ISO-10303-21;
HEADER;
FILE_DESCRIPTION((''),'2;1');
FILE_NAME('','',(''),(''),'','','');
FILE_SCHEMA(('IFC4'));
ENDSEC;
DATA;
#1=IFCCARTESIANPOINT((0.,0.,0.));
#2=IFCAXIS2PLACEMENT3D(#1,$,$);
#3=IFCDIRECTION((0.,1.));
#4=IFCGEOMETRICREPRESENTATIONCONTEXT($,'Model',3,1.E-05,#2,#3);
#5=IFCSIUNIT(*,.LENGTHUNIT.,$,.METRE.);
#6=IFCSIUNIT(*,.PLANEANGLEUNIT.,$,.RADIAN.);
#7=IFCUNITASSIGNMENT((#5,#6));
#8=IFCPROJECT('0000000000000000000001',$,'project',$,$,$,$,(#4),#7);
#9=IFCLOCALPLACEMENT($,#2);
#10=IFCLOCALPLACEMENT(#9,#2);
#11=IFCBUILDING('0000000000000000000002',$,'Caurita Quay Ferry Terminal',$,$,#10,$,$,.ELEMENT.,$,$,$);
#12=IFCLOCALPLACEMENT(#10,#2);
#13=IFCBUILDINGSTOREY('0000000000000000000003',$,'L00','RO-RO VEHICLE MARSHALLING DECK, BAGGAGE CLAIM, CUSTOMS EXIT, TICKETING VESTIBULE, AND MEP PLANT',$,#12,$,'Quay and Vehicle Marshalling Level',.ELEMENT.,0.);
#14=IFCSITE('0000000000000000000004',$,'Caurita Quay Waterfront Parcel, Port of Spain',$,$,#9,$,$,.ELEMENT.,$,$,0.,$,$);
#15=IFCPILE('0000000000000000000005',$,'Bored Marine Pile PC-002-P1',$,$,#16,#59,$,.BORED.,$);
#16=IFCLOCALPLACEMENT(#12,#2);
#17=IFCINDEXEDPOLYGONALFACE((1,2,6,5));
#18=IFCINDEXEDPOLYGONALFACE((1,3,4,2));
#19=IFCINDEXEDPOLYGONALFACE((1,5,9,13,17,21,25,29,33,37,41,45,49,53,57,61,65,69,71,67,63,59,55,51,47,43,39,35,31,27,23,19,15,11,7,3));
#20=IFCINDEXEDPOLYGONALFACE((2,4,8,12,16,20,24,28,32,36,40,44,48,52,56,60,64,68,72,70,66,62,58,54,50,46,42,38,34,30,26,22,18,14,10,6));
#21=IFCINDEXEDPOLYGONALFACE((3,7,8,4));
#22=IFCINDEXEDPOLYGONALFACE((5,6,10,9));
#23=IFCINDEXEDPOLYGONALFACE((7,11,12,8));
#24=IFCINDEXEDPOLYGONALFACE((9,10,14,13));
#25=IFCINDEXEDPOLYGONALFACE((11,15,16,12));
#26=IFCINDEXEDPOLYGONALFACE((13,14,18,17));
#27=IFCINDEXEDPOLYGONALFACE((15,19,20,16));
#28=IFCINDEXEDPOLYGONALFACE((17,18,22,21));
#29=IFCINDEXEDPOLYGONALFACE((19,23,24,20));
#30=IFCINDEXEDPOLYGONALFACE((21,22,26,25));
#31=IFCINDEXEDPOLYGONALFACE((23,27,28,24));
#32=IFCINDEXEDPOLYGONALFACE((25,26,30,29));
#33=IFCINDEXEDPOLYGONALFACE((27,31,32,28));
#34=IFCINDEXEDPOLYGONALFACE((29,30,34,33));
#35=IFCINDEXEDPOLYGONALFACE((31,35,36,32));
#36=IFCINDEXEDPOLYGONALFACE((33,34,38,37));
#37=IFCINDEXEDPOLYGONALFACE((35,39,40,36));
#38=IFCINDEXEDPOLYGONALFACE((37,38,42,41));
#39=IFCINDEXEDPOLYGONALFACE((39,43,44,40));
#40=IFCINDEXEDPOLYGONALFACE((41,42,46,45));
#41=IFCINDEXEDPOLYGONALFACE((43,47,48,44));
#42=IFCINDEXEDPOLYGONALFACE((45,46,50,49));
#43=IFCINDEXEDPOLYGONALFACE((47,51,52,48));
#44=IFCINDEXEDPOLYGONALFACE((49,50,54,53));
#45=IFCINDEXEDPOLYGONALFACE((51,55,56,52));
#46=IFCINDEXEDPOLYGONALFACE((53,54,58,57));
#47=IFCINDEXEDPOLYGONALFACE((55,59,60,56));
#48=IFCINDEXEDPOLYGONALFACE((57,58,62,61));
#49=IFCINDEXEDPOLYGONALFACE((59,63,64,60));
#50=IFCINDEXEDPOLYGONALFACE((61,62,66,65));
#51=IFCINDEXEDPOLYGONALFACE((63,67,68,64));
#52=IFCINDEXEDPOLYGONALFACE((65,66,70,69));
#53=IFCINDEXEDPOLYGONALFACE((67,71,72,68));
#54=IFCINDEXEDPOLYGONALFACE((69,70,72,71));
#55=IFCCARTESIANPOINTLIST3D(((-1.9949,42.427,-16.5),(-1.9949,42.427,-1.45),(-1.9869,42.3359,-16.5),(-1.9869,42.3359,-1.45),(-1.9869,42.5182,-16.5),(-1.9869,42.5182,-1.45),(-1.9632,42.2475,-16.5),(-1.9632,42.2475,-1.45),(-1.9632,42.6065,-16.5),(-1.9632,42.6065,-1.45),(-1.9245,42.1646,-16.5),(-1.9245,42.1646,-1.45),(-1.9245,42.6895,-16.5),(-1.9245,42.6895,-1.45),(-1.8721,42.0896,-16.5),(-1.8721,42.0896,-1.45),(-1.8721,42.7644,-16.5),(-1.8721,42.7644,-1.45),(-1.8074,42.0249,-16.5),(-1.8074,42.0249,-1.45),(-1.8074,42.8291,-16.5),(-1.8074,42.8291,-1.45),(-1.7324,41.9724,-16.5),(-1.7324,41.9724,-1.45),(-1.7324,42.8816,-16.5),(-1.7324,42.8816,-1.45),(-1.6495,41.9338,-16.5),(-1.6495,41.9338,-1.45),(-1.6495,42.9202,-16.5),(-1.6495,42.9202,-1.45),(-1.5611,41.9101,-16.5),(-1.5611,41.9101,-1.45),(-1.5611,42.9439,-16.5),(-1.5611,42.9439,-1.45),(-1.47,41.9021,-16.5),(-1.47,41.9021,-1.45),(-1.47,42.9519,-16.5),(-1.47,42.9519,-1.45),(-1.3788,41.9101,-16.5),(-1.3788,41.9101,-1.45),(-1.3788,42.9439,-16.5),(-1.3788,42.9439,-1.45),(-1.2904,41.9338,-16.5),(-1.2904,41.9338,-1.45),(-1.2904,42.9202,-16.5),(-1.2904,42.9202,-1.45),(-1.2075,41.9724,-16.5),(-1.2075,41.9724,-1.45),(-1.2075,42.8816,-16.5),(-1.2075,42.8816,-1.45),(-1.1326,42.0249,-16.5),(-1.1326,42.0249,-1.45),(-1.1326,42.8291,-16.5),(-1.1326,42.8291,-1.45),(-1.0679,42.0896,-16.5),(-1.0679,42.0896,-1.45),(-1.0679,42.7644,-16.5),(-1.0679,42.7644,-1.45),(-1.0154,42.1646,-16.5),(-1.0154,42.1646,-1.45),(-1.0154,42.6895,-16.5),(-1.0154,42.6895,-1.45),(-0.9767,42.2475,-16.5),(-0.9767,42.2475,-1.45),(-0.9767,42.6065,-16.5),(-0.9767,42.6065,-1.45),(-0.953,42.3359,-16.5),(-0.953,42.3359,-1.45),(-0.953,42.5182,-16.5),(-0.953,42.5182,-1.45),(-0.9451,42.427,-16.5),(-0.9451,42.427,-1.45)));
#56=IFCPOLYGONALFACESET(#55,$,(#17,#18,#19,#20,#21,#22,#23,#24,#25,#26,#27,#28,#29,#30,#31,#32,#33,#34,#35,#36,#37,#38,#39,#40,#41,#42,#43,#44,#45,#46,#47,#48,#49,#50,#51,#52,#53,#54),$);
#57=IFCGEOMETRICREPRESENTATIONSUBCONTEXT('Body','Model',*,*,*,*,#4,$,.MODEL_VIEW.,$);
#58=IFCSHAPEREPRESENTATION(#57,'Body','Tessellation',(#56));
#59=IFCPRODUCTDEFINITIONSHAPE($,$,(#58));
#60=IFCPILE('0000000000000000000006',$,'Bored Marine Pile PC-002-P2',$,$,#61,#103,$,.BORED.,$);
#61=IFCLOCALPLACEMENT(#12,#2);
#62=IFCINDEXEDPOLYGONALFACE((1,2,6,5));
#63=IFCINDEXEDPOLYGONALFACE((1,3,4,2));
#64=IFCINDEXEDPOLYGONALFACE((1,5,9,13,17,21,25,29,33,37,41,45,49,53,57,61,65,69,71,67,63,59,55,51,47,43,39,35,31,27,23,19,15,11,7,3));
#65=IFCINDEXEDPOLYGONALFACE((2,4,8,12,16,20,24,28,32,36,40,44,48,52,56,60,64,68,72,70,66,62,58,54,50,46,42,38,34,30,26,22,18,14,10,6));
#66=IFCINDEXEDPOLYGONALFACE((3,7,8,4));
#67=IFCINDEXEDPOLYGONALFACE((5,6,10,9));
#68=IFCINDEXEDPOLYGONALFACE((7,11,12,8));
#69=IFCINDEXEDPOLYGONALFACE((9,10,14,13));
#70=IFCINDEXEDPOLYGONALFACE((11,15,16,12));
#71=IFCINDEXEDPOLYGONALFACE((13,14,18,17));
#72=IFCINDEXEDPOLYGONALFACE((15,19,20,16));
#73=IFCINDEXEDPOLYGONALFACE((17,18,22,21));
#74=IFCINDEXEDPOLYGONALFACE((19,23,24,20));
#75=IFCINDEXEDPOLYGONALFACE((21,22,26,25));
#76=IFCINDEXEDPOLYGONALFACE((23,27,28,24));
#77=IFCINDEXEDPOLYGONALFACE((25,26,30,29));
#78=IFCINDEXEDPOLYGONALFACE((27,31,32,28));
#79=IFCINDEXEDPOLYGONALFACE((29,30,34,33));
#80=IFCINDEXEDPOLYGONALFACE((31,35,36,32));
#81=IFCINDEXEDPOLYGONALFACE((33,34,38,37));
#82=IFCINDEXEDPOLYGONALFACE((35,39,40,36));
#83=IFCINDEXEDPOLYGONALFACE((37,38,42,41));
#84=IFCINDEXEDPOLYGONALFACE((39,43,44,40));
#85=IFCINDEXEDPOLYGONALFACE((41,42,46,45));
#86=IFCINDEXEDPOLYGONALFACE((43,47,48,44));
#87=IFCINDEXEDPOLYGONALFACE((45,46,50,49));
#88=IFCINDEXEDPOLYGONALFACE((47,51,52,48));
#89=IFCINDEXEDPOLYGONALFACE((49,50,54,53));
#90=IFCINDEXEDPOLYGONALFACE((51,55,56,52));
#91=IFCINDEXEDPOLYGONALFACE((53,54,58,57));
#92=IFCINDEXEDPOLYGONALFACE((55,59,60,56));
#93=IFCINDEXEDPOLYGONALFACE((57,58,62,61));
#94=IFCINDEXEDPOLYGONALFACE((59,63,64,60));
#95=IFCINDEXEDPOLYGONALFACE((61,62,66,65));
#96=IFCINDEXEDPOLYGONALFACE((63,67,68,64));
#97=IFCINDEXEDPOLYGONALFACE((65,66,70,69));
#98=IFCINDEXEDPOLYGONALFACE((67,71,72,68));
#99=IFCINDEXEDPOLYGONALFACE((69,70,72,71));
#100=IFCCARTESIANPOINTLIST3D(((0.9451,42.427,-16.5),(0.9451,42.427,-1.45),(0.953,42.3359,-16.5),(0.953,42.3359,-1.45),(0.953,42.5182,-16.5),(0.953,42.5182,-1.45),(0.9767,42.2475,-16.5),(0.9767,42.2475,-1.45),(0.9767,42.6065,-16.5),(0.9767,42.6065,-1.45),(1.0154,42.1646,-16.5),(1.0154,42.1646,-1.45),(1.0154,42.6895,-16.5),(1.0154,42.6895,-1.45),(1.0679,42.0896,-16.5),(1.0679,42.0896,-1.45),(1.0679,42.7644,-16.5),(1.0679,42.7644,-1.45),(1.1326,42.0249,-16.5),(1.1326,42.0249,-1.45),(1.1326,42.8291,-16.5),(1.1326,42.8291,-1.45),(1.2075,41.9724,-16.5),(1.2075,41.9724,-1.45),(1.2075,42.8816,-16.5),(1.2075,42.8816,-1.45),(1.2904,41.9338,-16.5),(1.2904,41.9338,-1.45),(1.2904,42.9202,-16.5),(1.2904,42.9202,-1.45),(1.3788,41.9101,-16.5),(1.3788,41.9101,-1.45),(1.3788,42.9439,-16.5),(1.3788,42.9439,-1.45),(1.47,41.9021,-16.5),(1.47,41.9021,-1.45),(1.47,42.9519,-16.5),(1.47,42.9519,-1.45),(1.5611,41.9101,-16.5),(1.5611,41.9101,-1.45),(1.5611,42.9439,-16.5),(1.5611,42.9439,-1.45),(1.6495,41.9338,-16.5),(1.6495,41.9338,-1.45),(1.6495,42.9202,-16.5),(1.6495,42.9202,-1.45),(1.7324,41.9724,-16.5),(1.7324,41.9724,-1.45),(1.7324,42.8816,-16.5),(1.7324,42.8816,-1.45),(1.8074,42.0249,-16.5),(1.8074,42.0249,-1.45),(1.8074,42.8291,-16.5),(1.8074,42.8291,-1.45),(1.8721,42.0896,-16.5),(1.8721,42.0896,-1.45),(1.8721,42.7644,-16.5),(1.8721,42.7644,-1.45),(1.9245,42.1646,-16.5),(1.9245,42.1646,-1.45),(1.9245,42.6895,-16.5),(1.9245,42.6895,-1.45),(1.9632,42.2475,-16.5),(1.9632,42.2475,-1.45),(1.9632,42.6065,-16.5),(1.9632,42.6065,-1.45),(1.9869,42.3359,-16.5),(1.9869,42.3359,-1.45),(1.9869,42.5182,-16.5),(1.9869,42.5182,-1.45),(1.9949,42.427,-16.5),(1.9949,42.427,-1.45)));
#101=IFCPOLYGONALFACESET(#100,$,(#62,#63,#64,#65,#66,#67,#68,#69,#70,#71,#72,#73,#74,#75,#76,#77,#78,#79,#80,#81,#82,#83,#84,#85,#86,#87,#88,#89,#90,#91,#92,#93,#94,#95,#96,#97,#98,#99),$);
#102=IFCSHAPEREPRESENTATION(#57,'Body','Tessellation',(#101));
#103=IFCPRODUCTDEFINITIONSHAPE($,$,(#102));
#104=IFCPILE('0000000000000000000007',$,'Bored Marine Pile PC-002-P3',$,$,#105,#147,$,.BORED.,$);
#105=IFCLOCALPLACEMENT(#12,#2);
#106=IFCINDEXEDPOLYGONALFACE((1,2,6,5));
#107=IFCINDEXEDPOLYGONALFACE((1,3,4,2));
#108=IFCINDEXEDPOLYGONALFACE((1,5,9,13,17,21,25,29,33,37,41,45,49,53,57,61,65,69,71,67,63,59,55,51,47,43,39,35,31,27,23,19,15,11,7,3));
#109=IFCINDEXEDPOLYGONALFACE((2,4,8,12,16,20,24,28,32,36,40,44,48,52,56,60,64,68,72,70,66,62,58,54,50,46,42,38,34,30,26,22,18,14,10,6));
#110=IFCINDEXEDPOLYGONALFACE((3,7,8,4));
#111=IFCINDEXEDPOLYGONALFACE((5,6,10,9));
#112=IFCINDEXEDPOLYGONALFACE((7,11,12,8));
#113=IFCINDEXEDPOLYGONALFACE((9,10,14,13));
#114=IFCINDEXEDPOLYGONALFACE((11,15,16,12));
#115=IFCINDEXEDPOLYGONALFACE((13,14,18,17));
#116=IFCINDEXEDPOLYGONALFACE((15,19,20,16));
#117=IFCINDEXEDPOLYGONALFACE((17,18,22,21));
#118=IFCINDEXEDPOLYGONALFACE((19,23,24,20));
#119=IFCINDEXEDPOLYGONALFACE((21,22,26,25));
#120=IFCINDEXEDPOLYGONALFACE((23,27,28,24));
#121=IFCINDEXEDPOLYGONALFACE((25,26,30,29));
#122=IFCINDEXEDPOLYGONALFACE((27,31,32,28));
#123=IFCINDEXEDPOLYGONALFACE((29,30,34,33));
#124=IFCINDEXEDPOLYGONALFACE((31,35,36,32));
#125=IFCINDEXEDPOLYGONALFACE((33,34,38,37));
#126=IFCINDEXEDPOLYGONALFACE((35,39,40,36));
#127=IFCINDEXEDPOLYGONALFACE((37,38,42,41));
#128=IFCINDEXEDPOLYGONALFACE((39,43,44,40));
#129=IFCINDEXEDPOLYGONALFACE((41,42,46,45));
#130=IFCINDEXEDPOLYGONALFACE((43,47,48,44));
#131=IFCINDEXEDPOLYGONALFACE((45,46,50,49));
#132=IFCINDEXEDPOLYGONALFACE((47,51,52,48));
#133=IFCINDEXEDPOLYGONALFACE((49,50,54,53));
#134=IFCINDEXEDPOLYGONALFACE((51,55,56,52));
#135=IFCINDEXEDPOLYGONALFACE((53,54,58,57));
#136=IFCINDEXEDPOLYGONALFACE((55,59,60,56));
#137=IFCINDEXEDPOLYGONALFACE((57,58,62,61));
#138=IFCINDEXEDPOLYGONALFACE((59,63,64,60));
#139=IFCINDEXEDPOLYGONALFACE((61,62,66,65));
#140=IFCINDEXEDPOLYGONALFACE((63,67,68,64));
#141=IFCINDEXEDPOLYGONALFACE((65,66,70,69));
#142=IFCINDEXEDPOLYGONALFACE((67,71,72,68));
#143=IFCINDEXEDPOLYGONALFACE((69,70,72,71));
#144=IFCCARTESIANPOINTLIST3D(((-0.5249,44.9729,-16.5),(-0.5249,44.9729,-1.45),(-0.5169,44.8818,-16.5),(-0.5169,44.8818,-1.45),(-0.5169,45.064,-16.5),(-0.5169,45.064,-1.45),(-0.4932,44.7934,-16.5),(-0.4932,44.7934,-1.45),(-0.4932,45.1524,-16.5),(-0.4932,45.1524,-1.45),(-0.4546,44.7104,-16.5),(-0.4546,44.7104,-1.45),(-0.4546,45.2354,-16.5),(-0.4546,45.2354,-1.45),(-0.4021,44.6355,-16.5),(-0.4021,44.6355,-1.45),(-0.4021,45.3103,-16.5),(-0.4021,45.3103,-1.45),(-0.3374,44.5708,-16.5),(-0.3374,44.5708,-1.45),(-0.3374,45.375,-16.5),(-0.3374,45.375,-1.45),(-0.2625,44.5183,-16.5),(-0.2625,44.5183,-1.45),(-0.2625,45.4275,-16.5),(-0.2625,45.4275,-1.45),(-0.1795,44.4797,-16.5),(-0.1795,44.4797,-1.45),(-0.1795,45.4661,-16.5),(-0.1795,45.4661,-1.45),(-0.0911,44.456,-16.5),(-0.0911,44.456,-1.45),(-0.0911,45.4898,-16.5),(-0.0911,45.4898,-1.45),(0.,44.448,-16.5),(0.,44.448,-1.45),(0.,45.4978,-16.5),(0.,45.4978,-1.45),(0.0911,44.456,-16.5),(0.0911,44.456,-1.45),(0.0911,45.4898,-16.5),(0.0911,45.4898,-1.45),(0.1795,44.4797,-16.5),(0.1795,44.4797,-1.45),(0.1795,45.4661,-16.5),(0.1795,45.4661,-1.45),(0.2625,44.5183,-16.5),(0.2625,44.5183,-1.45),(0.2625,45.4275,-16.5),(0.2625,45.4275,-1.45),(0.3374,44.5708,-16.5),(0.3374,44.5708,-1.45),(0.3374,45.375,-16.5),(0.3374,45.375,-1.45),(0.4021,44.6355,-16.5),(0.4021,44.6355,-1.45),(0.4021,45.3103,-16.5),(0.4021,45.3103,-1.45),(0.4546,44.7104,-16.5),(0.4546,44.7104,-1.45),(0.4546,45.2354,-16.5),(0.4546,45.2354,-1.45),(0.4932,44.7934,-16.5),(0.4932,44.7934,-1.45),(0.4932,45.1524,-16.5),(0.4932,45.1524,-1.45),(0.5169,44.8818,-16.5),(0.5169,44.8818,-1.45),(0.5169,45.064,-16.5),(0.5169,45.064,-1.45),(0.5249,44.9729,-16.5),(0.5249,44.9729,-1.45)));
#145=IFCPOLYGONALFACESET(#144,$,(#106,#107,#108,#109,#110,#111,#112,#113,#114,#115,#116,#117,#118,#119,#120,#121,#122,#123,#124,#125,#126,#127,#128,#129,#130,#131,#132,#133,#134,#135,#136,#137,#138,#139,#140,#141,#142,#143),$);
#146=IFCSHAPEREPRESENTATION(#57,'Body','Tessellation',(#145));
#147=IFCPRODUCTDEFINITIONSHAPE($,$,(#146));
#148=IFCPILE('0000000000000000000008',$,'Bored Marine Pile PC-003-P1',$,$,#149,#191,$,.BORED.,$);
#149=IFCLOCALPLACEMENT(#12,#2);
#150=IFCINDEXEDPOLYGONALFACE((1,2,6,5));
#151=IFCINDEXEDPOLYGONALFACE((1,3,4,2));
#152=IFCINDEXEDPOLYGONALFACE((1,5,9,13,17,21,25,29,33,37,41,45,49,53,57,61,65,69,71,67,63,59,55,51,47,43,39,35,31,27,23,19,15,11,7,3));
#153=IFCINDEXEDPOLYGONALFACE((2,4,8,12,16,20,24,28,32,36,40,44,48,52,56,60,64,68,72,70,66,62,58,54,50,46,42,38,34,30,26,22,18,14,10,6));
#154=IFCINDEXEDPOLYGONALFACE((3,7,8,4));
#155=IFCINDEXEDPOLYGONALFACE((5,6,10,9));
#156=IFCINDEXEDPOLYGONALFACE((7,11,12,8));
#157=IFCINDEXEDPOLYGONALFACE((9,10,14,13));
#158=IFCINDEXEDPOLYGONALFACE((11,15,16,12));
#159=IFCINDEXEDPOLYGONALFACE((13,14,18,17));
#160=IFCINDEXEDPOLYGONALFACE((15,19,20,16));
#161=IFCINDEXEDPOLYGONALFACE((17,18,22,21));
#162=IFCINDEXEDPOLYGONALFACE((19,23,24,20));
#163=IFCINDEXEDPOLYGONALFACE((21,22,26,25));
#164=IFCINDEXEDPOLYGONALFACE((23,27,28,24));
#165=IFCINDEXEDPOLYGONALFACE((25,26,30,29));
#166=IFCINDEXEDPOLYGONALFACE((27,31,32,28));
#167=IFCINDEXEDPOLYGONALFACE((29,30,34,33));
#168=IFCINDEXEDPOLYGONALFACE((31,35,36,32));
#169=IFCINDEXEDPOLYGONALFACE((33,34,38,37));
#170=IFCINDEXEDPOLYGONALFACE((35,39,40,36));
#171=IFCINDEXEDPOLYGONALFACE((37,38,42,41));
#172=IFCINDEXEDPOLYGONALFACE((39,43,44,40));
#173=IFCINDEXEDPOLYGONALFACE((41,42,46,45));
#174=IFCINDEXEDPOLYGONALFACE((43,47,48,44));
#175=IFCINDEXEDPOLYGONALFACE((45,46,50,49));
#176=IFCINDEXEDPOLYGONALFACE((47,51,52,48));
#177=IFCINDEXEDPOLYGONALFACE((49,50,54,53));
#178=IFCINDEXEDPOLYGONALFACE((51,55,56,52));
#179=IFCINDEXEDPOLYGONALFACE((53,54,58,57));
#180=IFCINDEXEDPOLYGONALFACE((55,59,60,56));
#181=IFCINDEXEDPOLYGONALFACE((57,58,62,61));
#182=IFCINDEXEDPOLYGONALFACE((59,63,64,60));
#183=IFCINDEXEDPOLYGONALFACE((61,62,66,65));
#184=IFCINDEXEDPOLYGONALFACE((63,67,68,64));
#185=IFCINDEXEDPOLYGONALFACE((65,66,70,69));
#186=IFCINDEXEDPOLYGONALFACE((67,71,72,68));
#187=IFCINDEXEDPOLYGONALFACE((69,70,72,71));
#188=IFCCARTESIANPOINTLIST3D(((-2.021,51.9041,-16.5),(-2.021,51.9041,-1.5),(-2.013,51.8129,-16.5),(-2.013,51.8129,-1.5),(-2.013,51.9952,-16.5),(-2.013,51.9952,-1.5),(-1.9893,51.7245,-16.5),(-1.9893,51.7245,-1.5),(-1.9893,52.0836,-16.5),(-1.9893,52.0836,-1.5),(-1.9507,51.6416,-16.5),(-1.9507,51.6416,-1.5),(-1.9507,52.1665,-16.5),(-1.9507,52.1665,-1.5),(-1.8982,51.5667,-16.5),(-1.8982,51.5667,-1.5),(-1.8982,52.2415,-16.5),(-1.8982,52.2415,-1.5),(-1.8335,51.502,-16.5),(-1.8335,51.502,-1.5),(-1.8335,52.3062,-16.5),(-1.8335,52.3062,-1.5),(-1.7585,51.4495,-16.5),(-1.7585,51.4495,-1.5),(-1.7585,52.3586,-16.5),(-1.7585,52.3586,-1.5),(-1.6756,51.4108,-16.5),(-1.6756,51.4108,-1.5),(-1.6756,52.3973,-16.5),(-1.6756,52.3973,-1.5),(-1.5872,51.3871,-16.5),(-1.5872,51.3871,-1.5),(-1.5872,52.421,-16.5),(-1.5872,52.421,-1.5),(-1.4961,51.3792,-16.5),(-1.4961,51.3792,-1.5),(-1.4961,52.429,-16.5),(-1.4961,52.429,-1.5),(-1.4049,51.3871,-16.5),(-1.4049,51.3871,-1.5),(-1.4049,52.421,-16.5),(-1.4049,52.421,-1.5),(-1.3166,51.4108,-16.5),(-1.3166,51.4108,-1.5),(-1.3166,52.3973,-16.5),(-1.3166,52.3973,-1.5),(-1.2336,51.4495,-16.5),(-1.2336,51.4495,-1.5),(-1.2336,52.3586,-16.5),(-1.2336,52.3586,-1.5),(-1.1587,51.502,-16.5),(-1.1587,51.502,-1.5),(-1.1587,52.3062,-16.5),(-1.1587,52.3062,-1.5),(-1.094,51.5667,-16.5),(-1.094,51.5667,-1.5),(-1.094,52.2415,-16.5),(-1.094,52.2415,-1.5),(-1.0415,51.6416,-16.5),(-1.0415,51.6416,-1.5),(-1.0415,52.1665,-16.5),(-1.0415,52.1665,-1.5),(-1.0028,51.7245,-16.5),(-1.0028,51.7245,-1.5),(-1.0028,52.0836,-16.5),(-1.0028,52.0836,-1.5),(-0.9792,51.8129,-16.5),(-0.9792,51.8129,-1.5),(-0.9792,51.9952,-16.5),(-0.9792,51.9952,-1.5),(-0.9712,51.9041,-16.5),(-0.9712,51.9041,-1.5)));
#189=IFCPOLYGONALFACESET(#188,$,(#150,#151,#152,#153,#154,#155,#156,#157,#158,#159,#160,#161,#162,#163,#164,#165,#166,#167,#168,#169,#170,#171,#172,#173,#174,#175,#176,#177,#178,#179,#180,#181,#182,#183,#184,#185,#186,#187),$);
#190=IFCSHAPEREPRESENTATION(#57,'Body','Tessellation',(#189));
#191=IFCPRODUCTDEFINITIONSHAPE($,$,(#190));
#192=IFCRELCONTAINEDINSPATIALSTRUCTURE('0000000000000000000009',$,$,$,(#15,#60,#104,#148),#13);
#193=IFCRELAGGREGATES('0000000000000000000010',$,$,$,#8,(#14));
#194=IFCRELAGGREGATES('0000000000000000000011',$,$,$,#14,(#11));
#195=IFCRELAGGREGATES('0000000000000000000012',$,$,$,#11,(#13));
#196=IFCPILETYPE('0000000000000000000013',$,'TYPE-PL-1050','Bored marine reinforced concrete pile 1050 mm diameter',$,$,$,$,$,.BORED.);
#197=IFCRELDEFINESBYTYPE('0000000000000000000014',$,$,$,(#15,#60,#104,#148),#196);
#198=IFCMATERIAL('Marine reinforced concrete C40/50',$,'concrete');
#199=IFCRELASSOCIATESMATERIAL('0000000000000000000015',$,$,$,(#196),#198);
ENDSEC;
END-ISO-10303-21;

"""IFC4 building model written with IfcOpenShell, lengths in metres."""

from ifc_helpers import new_model, si_unit, direction, frame, origin, origin_2d, place, context, subcontext, project, spatial, circle, extrude, material, material_profile, profile_set, type_object, element, save


model = new_model("IFC4")

# Units and contexts
model_context = context("Model", 3, precision=1e-05, world=origin(), true_north=direction((0.0, 1.0)))
body_context = subcontext(model_context, "Body", "Model", "MODEL_VIEW")
ifc_project = project(units=[si_unit("LENGTHUNIT", "METRE"), si_unit("PLANEANGLEUNIT", "RADIAN")], contexts=[model_context])

# Site, building, storey
site_placement = place(None, origin())
site = spatial("IfcSite", under=ifc_project, at=site_placement, Name="Caurita Quay Waterfront Parcel, Port of Spain", CompositionType="ELEMENT", RefElevation=0.0)
building_placement = place(site_placement, origin())
building = spatial("IfcBuilding", under=site, at=building_placement, Name="Caurita Quay Ferry Terminal", CompositionType="ELEMENT")
storey_placement = place(building_placement, origin())
storey = spatial("IfcBuildingStorey", under=building, at=storey_placement, Name="L00", Description="RO-RO VEHICLE MARSHALLING DECK, BAGGAGE CLAIM, CUSTOMS EXIT, TICKETING VESTIBULE, AND MEP PLANT", LongName="Quay and Vehicle Marshalling Level", CompositionType="ELEMENT", Elevation=0.0)

# Piles
ifc_material_1 = material(Name="Marine reinforced concrete C40/50", Category="concrete")
ifc_material_profile_1 = material_profile(ifc_material_1, circle(Radius=0.5249, at=origin_2d()), Name="PILE-D1050")
ifc_profile_set_1 = profile_set([ifc_material_profile_1], Name="Marine reinforced concrete C40/50")
pile_type_1 = type_object("IfcPileType", Name="TYPE-PL-1050", Description="Bored marine reinforced concrete pile 1050 mm diameter", PredefinedType="BORED", material=ifc_profile_set_1)
for number, where, z_axis, x_axis, name in (
    (1, (-1.47, 42.427, -1.45), (0.0, 0.0, -1.0), (1.0, 0.0, 0.0), "Bored Marine Pile PC-002-P1"),
    (2, (1.47, 42.427, -1.45), (0.0, 0.0, -1.0), (1.0, 0.0, 0.0), "Bored Marine Pile PC-002-P2"),
    (3, (0.0, 44.9729, -1.45), (0.0, 0.0, -1.0), (1.0, 0.0, 0.0), "Bored Marine Pile PC-002-P3"),
):
    element("IfcPile", number, at=place(storey_placement, frame(where, z_axis=z_axis, x_axis=x_axis)), inside=storey, type_object=pile_type_1, Name=name, PredefinedType="BORED", context=body_context, shape_type="SweptSolid", body=[
        extrude(circle(Radius=0.5249, at=origin_2d()), origin(), (0.0, 0.0, 1.0), 15.05),
    ])
for number, where, z_axis, x_axis, name in (
    (4, (-1.4961, 51.9041, -1.5), (0.0, 0.0, -1.0), (1.0, 0.0, 0.0), "Bored Marine Pile PC-003-P1"),
):
    element("IfcPile", number, at=place(storey_placement, frame(where, z_axis=z_axis, x_axis=x_axis)), inside=storey, type_object=pile_type_1, Name=name, PredefinedType="BORED", context=body_context, shape_type="SweptSolid", body=[
        extrude(circle(Radius=0.5249, at=origin_2d()), origin(), (0.0, 0.0, 1.0), 15.0),
    ])

save(model, "model.ifc")
